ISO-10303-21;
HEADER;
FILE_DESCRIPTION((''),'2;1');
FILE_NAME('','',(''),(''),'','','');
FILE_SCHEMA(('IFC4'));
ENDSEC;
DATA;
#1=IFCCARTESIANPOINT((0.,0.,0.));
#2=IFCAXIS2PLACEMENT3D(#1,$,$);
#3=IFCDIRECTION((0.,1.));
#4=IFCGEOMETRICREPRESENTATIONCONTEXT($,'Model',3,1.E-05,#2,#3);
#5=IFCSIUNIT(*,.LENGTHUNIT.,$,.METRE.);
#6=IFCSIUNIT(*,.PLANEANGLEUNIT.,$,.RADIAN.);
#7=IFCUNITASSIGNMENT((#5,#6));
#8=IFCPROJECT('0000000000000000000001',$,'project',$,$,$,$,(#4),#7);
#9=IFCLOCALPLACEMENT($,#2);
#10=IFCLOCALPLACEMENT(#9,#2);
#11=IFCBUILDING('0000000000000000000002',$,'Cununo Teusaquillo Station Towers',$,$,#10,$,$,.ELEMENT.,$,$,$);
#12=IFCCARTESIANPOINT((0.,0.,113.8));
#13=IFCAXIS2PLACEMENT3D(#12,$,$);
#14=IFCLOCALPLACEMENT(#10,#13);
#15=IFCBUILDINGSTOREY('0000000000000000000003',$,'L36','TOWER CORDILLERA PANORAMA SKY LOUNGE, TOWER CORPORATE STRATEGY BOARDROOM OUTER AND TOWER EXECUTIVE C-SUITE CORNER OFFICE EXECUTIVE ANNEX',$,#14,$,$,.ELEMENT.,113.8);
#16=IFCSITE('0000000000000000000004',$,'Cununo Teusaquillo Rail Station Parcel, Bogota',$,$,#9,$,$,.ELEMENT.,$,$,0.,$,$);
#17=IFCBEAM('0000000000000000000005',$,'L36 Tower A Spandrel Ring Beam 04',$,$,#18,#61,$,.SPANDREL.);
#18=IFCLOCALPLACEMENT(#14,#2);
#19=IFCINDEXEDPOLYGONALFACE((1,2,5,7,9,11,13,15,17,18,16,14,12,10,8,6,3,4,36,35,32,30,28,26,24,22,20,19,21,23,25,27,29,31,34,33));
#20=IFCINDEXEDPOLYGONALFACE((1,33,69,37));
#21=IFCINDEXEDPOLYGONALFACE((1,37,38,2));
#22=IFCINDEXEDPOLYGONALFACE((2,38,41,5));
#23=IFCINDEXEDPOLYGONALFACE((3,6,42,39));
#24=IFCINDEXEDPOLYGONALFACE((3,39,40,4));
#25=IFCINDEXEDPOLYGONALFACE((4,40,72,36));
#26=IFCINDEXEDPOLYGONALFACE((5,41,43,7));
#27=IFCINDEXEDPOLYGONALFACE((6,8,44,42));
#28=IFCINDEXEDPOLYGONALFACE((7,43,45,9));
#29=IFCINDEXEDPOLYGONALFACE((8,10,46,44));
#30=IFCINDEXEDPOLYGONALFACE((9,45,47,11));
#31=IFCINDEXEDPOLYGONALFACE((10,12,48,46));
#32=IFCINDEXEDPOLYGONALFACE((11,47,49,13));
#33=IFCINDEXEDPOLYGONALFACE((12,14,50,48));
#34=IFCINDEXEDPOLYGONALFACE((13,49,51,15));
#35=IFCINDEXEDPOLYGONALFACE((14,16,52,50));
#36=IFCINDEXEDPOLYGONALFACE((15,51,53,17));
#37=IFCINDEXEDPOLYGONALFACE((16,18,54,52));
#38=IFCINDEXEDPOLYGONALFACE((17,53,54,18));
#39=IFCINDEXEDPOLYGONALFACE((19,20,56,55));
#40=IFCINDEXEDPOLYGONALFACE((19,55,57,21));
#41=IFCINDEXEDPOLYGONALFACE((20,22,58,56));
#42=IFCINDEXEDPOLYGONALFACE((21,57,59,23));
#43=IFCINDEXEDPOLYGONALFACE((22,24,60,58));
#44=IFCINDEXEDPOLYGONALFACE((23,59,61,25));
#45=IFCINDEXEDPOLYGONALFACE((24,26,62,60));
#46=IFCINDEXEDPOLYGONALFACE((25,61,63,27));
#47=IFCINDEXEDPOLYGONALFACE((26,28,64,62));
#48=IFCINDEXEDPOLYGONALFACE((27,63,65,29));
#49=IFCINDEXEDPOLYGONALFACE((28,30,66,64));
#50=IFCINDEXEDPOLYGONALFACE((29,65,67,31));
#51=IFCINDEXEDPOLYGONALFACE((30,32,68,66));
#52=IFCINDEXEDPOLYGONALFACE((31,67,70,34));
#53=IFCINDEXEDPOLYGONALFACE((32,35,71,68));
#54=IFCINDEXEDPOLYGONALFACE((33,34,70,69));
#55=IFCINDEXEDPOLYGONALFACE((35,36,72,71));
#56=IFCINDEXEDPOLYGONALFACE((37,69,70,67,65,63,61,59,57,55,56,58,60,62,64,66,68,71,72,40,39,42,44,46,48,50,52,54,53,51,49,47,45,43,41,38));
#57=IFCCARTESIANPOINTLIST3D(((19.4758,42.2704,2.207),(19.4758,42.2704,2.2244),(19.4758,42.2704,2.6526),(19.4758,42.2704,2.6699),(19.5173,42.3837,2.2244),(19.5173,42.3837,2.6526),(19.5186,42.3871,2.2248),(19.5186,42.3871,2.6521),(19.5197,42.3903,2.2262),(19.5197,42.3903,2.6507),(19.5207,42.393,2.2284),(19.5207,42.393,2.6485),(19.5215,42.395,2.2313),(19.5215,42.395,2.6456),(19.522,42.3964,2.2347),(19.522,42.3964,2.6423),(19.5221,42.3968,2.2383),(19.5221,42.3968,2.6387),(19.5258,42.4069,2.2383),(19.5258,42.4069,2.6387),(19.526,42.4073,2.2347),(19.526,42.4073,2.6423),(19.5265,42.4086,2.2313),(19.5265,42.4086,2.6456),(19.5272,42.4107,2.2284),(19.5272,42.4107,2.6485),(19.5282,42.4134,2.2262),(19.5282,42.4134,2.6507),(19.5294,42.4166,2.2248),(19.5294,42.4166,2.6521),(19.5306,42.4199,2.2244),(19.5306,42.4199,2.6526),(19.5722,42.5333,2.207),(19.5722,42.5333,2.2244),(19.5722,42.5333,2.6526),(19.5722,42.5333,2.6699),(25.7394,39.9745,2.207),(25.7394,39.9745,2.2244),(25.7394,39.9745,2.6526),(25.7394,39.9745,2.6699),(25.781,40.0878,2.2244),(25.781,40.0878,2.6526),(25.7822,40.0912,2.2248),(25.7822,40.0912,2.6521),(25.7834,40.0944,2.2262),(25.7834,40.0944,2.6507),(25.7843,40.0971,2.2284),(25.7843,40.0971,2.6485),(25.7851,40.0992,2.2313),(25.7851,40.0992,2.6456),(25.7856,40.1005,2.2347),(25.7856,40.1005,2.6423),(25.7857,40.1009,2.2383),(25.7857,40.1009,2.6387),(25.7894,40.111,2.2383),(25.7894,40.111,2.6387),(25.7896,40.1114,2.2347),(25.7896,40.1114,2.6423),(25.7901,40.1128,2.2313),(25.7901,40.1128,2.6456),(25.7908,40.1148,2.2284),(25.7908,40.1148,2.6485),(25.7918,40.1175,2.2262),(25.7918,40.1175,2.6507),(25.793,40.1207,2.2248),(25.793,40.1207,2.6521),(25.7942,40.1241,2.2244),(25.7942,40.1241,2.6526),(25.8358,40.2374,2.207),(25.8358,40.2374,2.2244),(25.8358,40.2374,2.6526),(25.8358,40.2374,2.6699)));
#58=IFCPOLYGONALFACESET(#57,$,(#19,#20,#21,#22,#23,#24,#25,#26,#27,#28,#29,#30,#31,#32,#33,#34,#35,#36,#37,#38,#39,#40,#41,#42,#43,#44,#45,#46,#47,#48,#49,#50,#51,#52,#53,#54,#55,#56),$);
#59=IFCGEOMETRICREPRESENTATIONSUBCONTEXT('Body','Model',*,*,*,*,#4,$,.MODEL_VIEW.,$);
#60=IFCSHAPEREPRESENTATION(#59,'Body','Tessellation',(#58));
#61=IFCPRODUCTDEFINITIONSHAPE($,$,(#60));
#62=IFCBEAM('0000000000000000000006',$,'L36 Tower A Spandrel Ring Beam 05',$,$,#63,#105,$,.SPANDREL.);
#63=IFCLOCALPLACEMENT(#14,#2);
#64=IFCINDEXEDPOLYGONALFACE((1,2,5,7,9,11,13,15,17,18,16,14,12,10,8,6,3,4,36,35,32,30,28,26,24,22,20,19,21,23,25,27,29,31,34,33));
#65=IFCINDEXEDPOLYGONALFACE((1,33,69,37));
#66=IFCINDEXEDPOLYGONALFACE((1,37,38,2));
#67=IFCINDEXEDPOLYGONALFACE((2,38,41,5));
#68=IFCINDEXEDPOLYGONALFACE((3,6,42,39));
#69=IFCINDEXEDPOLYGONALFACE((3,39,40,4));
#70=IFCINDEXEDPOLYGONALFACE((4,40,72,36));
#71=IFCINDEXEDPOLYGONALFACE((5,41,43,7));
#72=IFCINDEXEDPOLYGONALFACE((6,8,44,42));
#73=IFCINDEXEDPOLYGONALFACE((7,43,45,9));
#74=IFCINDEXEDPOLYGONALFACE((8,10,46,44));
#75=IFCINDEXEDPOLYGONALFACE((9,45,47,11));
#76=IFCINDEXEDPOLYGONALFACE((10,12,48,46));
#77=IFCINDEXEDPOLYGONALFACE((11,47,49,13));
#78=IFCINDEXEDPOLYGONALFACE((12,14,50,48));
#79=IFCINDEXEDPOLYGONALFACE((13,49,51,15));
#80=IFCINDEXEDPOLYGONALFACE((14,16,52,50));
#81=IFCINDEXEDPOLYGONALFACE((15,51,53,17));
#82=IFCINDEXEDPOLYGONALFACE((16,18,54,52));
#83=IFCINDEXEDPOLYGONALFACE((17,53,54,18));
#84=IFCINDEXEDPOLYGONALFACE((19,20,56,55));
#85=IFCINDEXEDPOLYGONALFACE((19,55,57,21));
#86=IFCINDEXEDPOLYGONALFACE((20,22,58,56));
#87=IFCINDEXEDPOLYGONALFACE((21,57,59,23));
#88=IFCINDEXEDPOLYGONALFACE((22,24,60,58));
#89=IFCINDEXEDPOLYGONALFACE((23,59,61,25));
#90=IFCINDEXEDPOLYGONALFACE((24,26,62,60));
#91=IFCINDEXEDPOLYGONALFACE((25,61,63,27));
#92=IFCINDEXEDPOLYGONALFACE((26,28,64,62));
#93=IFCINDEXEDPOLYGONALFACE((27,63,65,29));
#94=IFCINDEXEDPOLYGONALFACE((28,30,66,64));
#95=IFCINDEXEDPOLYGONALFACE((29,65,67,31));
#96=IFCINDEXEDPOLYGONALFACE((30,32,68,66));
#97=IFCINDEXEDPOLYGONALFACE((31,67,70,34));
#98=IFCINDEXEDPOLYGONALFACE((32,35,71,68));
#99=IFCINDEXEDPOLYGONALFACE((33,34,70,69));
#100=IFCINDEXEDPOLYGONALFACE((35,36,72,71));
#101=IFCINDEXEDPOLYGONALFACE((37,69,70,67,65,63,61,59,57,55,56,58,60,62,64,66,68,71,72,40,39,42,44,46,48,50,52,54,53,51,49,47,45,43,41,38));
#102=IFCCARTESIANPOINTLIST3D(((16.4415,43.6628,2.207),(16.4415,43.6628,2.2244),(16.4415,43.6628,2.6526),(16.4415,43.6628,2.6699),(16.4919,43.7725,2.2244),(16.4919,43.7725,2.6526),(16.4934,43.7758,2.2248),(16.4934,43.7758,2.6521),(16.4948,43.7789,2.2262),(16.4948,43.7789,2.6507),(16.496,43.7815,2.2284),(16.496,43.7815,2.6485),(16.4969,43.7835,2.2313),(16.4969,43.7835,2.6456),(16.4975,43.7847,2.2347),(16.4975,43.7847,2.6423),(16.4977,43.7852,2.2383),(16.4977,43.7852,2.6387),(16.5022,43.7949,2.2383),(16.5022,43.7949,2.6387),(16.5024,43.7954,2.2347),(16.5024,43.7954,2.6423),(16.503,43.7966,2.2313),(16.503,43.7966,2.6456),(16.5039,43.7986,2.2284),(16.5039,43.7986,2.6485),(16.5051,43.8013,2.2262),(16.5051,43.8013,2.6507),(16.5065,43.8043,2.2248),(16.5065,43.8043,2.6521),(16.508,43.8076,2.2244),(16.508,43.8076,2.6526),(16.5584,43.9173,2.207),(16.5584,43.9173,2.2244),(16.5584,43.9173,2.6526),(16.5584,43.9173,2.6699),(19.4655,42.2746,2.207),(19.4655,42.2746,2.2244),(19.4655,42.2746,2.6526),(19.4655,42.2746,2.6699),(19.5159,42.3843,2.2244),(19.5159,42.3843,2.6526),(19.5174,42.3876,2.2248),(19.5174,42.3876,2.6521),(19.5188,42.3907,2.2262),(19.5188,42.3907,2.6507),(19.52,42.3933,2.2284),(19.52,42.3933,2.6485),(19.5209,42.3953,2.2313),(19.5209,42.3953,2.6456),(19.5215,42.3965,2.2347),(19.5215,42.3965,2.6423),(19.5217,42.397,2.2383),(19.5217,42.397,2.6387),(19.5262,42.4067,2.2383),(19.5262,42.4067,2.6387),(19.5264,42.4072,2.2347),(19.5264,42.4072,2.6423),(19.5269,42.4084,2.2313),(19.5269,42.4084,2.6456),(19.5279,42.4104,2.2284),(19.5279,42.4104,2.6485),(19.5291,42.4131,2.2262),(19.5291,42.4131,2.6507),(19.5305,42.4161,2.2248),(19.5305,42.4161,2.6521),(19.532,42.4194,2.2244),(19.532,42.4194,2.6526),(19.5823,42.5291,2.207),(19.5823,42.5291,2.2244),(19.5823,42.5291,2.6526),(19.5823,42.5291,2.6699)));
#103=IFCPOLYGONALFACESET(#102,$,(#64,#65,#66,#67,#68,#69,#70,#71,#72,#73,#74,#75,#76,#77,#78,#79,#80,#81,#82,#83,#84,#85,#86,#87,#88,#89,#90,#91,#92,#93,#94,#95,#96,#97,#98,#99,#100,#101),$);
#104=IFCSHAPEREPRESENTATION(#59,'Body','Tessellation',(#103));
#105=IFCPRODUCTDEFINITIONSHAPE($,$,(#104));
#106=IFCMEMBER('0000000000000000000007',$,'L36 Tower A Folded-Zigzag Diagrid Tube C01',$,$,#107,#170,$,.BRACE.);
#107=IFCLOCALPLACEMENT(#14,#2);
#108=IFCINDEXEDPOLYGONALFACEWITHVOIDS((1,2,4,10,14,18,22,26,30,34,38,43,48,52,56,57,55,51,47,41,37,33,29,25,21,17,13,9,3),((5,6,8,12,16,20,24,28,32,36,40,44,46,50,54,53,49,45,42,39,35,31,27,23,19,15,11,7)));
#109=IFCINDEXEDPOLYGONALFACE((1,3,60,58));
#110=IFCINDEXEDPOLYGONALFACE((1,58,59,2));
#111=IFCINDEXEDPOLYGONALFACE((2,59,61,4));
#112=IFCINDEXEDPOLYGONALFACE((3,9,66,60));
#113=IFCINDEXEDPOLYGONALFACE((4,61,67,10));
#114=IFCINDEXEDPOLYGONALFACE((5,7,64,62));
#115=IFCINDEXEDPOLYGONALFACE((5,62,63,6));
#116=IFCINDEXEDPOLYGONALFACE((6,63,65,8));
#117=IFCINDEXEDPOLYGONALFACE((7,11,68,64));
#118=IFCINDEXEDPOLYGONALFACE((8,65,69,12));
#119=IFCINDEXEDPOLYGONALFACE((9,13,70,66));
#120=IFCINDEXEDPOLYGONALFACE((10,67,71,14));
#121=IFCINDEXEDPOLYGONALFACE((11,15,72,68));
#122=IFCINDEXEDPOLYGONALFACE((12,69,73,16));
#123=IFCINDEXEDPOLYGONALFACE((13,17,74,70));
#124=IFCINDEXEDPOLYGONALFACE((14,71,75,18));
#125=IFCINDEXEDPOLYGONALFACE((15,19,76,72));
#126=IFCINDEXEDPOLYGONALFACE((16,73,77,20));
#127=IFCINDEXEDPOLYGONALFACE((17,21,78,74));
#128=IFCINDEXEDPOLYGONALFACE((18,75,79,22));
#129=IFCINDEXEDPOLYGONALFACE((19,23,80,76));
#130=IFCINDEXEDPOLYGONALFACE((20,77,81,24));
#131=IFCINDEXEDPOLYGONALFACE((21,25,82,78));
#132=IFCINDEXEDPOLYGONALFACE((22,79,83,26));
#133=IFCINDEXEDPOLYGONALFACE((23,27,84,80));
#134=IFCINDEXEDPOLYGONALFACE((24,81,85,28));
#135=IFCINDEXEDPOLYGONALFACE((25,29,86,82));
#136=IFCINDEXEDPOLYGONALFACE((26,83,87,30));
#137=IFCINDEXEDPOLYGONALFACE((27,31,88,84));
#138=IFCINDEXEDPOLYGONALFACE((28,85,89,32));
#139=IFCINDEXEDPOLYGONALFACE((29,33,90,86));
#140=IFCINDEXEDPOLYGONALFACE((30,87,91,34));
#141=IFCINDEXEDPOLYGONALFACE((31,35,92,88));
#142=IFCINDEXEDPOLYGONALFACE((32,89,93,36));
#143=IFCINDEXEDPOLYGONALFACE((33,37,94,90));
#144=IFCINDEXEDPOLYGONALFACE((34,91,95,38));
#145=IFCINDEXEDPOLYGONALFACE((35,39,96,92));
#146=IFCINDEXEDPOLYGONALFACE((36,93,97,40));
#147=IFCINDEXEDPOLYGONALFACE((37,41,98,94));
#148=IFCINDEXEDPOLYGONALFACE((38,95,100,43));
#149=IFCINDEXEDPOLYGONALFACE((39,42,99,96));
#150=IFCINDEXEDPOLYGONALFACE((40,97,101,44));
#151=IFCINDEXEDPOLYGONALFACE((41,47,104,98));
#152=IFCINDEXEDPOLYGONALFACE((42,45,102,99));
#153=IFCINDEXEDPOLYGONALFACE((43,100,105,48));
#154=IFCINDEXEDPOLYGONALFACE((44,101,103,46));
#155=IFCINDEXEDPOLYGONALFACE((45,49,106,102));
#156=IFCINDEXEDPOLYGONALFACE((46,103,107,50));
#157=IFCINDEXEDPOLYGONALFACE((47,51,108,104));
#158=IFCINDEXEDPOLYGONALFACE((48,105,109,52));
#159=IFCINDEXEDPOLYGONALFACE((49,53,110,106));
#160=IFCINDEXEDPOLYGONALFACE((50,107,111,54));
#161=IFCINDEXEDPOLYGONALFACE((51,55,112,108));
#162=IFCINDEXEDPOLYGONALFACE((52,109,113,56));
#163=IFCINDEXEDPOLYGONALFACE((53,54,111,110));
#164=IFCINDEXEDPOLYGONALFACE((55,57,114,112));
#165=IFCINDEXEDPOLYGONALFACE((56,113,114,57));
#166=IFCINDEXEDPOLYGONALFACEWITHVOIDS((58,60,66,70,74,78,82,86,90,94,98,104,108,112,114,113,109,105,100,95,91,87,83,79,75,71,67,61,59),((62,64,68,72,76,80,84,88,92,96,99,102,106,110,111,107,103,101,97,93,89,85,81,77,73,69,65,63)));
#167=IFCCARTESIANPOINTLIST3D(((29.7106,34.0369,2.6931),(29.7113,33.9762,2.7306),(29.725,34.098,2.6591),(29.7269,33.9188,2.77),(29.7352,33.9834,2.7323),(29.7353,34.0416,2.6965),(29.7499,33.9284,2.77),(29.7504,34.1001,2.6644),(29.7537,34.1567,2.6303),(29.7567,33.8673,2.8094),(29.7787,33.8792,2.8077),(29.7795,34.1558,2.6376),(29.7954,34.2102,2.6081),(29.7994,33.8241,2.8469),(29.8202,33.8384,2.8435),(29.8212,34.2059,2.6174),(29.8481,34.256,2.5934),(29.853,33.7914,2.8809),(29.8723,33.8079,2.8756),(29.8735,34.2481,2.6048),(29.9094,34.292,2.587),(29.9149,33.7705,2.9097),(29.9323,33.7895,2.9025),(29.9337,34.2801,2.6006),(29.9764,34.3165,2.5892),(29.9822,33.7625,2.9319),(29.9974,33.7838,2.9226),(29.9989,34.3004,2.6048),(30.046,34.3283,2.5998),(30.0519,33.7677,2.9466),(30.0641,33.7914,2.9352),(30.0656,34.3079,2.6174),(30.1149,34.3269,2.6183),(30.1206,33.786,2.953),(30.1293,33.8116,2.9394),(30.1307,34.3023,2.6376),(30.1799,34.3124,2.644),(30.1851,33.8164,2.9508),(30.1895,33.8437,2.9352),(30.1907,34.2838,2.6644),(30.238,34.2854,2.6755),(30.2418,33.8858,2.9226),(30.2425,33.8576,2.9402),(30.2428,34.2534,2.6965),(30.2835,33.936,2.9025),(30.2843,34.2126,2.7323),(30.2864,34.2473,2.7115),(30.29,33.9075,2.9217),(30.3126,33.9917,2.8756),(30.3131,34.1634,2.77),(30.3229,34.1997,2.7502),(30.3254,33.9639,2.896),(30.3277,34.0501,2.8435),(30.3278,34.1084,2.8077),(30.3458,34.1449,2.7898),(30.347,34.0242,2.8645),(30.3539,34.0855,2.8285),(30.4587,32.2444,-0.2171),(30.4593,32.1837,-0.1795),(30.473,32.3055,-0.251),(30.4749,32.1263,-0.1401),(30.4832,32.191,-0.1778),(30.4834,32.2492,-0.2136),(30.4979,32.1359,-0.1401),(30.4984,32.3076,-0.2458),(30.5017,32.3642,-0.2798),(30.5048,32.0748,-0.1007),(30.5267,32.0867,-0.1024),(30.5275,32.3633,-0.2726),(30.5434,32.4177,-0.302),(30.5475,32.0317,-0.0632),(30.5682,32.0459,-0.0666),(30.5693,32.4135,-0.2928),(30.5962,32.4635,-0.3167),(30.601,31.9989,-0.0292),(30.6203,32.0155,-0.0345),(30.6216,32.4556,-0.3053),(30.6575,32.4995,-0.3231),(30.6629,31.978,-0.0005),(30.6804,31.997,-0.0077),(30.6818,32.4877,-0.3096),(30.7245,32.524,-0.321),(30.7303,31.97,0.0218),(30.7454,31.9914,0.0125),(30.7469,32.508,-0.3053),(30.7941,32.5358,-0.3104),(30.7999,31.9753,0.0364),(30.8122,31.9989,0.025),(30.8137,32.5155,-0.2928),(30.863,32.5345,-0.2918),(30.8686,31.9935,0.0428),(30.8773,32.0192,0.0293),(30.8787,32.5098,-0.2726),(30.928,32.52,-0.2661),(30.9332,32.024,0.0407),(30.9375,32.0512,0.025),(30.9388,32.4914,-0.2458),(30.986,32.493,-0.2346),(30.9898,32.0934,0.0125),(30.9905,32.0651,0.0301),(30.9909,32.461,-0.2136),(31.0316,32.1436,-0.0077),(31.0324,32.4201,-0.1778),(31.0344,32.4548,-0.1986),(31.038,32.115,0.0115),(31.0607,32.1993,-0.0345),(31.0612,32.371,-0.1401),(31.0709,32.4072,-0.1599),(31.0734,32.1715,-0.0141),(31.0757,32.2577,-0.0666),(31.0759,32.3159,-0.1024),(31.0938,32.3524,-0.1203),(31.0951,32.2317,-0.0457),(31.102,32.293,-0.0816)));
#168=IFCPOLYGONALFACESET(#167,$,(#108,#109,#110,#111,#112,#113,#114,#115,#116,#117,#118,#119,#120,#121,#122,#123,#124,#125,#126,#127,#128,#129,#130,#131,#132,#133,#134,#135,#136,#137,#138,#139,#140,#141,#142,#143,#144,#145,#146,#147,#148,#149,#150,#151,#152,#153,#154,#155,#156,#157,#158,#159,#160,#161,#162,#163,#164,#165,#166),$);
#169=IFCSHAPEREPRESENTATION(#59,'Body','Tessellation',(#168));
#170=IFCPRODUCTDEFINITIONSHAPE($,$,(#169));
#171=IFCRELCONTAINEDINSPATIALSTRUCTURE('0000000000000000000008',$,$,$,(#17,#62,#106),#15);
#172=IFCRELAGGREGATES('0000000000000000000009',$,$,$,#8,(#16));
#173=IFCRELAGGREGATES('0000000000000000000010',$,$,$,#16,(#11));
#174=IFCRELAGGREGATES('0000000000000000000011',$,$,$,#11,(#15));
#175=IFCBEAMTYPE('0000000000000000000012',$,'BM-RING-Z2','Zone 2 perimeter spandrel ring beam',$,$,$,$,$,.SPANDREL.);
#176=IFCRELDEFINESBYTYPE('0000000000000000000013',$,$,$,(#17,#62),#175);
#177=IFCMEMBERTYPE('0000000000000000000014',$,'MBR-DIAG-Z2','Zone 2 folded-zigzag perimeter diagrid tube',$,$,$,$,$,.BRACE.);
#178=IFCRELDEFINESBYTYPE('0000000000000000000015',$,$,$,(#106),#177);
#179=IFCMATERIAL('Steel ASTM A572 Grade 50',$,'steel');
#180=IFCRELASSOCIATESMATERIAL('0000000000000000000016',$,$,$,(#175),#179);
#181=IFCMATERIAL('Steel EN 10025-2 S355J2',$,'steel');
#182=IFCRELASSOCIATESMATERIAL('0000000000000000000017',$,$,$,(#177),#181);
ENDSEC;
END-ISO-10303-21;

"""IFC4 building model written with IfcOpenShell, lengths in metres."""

from ifc_helpers import new_model, si_unit, direction, frame, origin, origin_2d, place, context, subcontext, project, spatial, hollow_circle, i_section, extrude, material, material_profile, profile_set, type_object, element, save


model = new_model("IFC4")

# Units and contexts
model_context = context("Model", 3, precision=1e-05, world=origin(), true_north=direction((0.0, 1.0)))
body_context = subcontext(model_context, "Body", "Model", "MODEL_VIEW")
ifc_project = project(units=[si_unit("LENGTHUNIT", "METRE"), si_unit("PLANEANGLEUNIT", "RADIAN")], contexts=[model_context])

# Site, building, storey
site_placement = place(None, origin())
site = spatial("IfcSite", under=ifc_project, at=site_placement, Name="Cununo Teusaquillo Rail Station Parcel, Bogota", CompositionType="ELEMENT", RefElevation=0.0)
building_placement = place(site_placement, origin())
building = spatial("IfcBuilding", under=site, at=building_placement, Name="Cununo Teusaquillo Station Towers", CompositionType="ELEMENT")
storey_placement = place(building_placement, frame((0.0, 0.0, 113.8)))
storey = spatial("IfcBuildingStorey", under=building, at=storey_placement, Name="L36", Description="TOWER CORDILLERA PANORAMA SKY LOUNGE, TOWER CORPORATE STRATEGY BOARDROOM OUTER AND TOWER EXECUTIVE C-SUITE CORNER OFFICE EXECUTIVE ANNEX", CompositionType="ELEMENT", Elevation=113.8)

# Beams
ifc_material_1 = material(Name="Steel ASTM A572 Grade 50", Category="steel")
ifc_material_profile_1 = material_profile(ifc_material_1, i_section(OverallWidth=0.28, OverallDepth=0.4629, WebThickness=0.0107, FlangeThickness=0.0173, FilletRadius=0.0139, at=origin_2d()), Name="W18X76")
ifc_profile_set_1 = profile_set([ifc_material_profile_1], Name="Steel ASTM A572 Grade 50")
beam_type_1 = type_object("IfcBeamType", Name="BM-RING-Z2", Description="Zone 2 perimeter spandrel ring beam", PredefinedType="SPANDREL", material=ifc_profile_set_1)
beam_1_placement = place(storey_placement, frame((25.7876, 40.106, 2.4385), z_axis=(-0.938914, 0.344151, 0.0), x_axis=(-0.344151, -0.938914, 0.0)))
element("IfcBeam", 1, at=beam_1_placement, inside=storey, type_object=beam_type_1, Name="L36 Tower A Spandrel Ring Beam 04", PredefinedType="SPANDREL", context=body_context, shape_type="SweptSolid", body=[
    extrude(i_section(OverallWidth=0.28, OverallDepth=0.4629, WebThickness=0.0107, FlangeThickness=0.0173, FilletRadius=0.0139, at=origin_2d()), origin(), (0.0, 0.0, 1.0), 6.6711),
])
beam_2_placement = place(storey_placement, frame((19.5239, 42.4019, 2.4385), z_axis=(-0.908812, 0.417205, 0.0), x_axis=(-0.417205, -0.908812, 0.0)))
element("IfcBeam", 2, at=beam_2_placement, inside=storey, type_object=beam_type_1, Name="L36 Tower A Spandrel Ring Beam 05", PredefinedType="SPANDREL", context=body_context, shape_type="SweptSolid", body=[
    extrude(i_section(OverallWidth=0.28, OverallDepth=0.4629, WebThickness=0.0107, FlangeThickness=0.0173, FilletRadius=0.0139, at=origin_2d()), origin(), (0.0, 0.0, 1.0), 3.3274),
])

# Member
ifc_material_2 = material(Name="Steel EN 10025-2 S355J2", Category="steel")
ifc_material_profile_2 = material_profile(ifc_material_2, hollow_circle(Radius=0.3301, WallThickness=0.0249, at=origin_2d()), Name="CHS 660x25")
ifc_profile_set_2 = profile_set([ifc_material_profile_2], Name="Steel EN 10025-2 S355J2")
member_type = type_object("IfcMemberType", Name="MBR-DIAG-Z2", Description="Zone 2 folded-zigzag perimeter diagrid tube", PredefinedType="BRACE", material=ifc_profile_set_2)
member_1_placement = place(storey_placement, frame((30.7795, 32.2534, -0.1401), z_axis=(-0.213801, 0.512314, 0.831759), x_axis=(-0.922861, -0.385133, 0.0)))
element("IfcMember", 3, at=member_1_placement, inside=storey, type_object=member_type, Name="L36 Tower A Folded-Zigzag Diagrid Tube C01", PredefinedType="BRACE", context=body_context, shape_type="SweptSolid", body=[
    extrude(hollow_circle(Radius=0.3301, WallThickness=0.0249, at=origin_2d()), origin(), (0.0, 0.0, 1.0), 3.4988),
])

save(model, "model.ifc")
